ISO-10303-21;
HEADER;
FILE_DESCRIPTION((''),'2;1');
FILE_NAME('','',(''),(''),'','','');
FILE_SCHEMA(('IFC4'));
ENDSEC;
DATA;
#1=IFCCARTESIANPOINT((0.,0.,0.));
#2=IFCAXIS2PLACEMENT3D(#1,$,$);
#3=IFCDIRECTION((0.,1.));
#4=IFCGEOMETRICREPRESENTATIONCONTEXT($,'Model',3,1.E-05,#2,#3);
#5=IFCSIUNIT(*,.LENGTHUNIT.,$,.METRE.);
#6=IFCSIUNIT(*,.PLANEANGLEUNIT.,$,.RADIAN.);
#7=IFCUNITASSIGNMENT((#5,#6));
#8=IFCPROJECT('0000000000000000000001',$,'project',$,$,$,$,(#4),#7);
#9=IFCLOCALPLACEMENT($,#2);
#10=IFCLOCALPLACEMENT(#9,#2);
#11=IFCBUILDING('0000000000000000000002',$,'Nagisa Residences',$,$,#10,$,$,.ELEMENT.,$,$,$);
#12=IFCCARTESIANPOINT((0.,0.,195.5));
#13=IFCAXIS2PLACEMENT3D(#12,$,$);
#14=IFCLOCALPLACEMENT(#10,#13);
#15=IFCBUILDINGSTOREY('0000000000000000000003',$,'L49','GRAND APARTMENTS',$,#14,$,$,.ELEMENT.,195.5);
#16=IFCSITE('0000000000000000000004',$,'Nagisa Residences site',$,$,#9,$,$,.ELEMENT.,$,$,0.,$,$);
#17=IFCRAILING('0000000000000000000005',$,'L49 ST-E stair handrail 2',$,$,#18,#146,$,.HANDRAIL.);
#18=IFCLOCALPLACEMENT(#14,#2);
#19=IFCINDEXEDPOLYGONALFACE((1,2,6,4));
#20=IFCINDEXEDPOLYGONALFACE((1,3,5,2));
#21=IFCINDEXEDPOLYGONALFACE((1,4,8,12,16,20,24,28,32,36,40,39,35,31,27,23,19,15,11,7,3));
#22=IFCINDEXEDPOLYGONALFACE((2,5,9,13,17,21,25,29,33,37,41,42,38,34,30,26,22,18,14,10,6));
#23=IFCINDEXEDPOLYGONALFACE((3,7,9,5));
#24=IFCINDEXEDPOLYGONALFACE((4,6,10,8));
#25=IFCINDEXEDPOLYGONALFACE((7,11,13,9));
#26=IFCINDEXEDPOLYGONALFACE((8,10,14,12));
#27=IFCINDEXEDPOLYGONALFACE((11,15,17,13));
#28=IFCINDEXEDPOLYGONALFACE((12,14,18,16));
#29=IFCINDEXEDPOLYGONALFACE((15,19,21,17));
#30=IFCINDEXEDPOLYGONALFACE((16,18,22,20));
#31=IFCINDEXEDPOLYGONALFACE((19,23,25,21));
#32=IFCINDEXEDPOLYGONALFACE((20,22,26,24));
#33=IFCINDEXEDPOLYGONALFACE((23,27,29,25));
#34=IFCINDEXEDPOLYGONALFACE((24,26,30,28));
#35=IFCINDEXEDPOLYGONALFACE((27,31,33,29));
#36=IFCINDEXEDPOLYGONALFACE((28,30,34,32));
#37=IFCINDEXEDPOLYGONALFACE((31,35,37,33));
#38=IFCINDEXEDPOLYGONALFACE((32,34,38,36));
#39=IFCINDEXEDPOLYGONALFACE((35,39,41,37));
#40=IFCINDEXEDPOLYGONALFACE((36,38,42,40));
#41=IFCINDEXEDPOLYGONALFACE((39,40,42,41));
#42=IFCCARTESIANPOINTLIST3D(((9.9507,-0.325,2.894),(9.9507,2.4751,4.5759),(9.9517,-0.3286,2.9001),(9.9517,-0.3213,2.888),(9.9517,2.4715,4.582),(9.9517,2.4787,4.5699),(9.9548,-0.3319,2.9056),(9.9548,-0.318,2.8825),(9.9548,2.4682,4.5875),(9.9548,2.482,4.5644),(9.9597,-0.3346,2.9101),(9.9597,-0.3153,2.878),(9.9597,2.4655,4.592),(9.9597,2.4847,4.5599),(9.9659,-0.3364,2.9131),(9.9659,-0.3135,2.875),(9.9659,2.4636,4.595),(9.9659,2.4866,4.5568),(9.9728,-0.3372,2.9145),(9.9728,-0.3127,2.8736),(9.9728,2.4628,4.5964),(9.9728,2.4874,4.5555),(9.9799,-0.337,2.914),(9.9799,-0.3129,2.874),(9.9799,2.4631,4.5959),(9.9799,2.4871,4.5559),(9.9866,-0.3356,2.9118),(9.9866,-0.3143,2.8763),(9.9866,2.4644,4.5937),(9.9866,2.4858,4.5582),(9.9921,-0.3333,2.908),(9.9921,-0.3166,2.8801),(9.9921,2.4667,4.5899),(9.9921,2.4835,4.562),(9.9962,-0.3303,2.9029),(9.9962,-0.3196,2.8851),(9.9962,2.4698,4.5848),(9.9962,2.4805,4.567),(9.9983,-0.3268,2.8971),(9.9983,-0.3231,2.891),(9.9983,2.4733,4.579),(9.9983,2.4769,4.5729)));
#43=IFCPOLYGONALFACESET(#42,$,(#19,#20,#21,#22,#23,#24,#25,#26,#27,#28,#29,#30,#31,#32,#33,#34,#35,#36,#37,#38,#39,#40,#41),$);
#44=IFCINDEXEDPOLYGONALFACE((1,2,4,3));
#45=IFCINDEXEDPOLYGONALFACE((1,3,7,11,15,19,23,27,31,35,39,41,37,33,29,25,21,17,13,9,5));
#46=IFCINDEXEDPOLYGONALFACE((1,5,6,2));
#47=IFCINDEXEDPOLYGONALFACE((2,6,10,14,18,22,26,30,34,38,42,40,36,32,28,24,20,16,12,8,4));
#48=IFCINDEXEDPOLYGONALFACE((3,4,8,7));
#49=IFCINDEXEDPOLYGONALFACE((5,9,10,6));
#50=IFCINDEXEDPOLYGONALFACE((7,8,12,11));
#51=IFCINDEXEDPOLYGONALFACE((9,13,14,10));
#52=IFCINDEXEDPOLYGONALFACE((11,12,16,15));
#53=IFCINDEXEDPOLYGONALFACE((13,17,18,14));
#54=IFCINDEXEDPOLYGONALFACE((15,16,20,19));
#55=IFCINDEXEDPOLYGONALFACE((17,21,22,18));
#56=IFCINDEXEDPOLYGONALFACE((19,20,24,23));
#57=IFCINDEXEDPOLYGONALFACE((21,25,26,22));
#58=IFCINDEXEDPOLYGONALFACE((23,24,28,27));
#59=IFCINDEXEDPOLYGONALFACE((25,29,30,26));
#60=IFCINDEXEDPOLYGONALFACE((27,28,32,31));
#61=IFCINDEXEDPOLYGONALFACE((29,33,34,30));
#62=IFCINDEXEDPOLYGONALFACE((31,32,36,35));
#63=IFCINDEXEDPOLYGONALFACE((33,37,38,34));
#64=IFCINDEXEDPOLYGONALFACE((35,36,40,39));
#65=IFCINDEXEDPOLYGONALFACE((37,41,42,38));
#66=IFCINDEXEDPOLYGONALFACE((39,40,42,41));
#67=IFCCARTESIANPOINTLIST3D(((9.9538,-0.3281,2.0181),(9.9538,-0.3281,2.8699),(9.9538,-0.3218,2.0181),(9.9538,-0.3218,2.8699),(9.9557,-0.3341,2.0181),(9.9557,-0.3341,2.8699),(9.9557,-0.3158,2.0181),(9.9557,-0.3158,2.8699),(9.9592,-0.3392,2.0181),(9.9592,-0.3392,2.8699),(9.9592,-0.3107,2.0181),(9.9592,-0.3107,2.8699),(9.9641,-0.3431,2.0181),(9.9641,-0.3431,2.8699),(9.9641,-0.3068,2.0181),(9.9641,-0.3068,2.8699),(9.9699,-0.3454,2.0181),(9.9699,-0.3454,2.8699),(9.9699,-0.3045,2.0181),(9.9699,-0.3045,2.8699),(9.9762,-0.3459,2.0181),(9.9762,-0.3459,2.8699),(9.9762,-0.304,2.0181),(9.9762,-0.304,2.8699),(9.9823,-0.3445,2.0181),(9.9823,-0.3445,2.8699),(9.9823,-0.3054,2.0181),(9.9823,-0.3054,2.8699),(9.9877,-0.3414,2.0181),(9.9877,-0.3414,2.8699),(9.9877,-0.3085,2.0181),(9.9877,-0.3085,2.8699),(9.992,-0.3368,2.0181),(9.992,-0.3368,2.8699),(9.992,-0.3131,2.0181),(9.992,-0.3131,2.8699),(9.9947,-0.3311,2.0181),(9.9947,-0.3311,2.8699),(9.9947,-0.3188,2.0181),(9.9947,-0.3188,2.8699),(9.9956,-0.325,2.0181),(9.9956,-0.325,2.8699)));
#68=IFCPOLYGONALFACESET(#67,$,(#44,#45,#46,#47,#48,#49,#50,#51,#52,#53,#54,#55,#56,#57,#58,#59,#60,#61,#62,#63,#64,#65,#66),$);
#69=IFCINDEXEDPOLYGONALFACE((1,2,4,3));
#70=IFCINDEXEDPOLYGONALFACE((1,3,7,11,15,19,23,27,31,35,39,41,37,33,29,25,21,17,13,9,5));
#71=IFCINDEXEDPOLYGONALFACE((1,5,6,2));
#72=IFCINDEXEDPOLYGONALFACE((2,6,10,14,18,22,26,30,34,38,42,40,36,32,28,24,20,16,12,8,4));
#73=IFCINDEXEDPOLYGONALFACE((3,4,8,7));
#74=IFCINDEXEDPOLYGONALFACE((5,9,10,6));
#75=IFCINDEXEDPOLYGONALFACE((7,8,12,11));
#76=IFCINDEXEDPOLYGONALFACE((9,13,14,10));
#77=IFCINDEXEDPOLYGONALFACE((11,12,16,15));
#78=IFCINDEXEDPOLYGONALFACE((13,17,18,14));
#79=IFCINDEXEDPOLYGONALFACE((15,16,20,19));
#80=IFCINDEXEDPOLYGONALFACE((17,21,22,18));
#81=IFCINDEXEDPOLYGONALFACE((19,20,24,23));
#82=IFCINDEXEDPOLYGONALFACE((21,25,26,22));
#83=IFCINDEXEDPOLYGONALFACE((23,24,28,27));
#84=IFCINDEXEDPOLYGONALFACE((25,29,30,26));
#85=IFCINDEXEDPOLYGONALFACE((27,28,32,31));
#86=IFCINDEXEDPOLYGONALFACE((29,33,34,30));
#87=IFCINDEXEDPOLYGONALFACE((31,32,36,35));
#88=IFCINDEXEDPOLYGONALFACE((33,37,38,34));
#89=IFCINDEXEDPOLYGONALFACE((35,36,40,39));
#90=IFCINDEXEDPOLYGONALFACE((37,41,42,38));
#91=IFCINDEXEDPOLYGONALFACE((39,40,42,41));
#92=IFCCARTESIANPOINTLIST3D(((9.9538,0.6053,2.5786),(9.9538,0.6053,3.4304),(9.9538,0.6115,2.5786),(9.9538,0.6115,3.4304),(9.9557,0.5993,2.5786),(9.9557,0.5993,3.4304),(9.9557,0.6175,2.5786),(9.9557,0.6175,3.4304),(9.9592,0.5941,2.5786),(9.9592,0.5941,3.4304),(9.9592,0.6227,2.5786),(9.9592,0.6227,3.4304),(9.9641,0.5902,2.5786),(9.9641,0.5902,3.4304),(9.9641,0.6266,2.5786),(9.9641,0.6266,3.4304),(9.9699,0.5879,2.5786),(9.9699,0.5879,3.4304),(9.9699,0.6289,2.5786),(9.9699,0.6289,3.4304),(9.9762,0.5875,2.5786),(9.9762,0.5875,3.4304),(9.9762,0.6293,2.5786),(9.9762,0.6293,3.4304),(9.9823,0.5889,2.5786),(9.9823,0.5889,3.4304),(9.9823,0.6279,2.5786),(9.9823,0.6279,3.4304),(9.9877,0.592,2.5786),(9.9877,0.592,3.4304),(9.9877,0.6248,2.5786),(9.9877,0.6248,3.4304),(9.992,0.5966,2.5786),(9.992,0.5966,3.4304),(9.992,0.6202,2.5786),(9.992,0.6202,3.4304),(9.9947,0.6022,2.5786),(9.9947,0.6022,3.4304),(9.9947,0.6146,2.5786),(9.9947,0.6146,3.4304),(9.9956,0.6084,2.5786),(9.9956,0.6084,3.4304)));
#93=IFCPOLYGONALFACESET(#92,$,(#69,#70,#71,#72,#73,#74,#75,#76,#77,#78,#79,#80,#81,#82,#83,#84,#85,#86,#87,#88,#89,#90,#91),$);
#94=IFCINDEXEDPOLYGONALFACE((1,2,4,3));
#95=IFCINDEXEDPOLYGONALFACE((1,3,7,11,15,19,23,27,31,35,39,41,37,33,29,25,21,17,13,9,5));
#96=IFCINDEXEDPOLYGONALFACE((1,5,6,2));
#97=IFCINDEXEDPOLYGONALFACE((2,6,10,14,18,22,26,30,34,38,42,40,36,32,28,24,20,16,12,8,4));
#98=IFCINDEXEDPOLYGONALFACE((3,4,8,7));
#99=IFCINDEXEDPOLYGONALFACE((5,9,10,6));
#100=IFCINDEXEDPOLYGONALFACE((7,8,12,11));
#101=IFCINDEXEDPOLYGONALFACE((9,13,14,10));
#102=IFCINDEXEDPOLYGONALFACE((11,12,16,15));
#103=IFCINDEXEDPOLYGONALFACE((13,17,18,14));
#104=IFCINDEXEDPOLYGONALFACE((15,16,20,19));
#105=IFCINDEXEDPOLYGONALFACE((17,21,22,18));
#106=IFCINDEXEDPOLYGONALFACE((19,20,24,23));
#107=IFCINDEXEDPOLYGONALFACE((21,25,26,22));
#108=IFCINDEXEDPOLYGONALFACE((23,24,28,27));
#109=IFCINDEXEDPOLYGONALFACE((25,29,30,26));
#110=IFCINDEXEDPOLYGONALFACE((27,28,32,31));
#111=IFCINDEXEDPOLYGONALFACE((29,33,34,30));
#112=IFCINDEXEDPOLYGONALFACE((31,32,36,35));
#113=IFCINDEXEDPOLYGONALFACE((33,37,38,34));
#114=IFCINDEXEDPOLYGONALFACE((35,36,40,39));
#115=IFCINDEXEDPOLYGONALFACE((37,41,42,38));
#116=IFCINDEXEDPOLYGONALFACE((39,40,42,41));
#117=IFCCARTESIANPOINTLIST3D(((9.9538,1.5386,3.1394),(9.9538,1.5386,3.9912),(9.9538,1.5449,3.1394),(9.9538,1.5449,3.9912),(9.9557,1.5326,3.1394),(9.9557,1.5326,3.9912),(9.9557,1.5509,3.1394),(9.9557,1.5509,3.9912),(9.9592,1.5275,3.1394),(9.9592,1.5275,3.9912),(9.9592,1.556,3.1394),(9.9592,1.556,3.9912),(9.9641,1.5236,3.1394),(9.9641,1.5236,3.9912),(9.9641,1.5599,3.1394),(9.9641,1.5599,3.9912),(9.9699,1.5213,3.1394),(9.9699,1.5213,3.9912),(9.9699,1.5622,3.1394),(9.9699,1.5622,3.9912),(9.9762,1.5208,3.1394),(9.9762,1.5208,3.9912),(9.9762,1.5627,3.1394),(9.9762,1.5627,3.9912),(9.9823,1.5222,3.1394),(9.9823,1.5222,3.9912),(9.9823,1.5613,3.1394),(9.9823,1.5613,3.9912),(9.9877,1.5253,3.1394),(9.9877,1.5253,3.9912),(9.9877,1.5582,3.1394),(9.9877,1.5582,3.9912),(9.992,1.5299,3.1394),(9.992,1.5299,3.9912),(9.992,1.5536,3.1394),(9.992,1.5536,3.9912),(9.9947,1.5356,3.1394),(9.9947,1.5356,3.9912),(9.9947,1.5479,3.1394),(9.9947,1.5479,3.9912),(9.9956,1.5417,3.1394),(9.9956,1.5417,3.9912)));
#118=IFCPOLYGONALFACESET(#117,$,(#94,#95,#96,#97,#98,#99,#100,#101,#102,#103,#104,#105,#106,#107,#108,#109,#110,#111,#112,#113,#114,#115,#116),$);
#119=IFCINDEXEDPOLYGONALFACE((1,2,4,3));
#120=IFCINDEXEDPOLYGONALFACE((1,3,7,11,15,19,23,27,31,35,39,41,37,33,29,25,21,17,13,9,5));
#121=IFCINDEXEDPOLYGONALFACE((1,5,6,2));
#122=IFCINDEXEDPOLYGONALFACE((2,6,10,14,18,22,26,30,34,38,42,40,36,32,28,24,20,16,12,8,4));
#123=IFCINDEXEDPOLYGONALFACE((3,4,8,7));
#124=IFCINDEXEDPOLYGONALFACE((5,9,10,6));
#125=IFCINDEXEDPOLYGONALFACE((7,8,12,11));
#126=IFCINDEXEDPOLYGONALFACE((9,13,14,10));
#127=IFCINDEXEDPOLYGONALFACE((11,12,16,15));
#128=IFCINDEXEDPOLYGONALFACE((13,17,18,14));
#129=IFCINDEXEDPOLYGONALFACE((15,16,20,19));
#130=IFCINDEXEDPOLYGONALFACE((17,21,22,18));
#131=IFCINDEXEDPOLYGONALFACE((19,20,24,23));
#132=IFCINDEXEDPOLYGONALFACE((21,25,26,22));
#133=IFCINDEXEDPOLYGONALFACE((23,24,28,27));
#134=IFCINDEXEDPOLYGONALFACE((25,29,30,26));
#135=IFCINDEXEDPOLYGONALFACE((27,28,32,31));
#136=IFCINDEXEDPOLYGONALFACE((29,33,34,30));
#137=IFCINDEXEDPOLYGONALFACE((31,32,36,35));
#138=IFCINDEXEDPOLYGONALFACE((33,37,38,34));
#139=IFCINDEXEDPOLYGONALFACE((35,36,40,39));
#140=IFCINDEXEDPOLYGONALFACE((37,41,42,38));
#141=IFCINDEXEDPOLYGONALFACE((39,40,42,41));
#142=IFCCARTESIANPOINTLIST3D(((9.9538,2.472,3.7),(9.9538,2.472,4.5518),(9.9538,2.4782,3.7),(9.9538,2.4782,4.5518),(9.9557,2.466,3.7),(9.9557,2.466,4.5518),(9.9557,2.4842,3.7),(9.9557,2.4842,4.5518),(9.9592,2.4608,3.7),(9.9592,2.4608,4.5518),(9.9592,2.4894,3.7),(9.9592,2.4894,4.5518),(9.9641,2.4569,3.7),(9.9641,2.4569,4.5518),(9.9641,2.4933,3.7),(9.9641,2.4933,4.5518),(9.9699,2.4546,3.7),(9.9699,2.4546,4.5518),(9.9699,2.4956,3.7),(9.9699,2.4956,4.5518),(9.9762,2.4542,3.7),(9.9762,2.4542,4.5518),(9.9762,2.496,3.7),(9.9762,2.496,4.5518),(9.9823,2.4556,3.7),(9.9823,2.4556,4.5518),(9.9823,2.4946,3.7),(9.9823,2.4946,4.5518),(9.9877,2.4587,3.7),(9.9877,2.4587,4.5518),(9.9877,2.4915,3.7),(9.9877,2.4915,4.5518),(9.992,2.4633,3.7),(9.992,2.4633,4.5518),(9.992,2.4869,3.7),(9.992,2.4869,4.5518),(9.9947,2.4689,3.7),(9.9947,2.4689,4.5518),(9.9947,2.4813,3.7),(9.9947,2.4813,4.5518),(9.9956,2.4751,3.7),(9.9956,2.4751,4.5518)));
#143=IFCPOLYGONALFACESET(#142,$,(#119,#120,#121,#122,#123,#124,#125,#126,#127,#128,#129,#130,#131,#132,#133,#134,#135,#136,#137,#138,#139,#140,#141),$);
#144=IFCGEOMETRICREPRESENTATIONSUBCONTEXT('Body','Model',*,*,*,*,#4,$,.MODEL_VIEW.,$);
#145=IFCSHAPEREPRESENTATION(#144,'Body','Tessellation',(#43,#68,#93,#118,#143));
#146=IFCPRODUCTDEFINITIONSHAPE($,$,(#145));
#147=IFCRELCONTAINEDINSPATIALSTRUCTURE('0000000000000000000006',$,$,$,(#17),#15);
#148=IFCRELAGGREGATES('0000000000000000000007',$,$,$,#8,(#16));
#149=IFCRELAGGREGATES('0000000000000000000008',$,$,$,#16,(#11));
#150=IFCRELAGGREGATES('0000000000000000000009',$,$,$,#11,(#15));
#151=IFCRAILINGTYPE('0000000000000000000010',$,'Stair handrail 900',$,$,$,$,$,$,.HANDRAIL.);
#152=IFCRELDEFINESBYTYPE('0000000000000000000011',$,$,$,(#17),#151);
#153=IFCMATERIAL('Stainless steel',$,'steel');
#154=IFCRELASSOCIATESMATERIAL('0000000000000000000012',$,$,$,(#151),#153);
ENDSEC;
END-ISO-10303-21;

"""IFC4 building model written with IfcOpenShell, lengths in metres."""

from ifc_helpers import new_model, si_unit, direction, frame, origin, origin_2d, place, context, subcontext, project, spatial, circle, extrude, material, type_object, element, save


model = new_model("IFC4")

# Units and contexts
model_context = context("Model", 3, precision=1e-05, world=origin(), true_north=direction((0.0, 1.0)))
body_context = subcontext(model_context, "Body", "Model", "MODEL_VIEW")
ifc_project = project(units=[si_unit("LENGTHUNIT", "METRE"), si_unit("PLANEANGLEUNIT", "RADIAN")], contexts=[model_context])

# Site, building, storey
site_placement = place(None, origin())
site = spatial("IfcSite", under=ifc_project, at=site_placement, Name="Nagisa Residences site", CompositionType="ELEMENT", RefElevation=0.0)
building_placement = place(site_placement, origin())
building = spatial("IfcBuilding", under=site, at=building_placement, Name="Nagisa Residences", CompositionType="ELEMENT")
storey_placement = place(building_placement, frame((0.0, 0.0, 195.5)))
storey = spatial("IfcBuildingStorey", under=building, at=storey_placement, Name="L49", Description="GRAND APARTMENTS", CompositionType="ELEMENT", Elevation=195.5)

# Railing
ifc_material_1 = material(Name="Stainless steel", Category="steel")
railing_type = type_object("IfcRailingType", Name="Stair handrail 900", PredefinedType="HANDRAIL", material=ifc_material_1)
railing_placement = place(storey_placement, frame((9.9746, -0.325, 2.0181)))
element("IfcRailing", 1, at=railing_placement, inside=storey, type_object=railing_type, Name="L49 ST-E stair handrail 2", PredefinedType="HANDRAIL", context=body_context, shape_type="SweptSolid", body=[
    extrude(circle(Radius=0.0239, at=origin_2d()), frame((0.0, 0.0, 0.876), z_axis=(0.0, 0.857242, 0.514913), x_axis=(-1.0, 0.0, 0.0)), (0.0, 0.0, 1.0), 3.2664),
    extrude(circle(Radius=0.021, at=origin_2d()), origin(), (0.0, 0.0, 1.0), 0.8518),
    extrude(circle(Radius=0.021, at=origin_2d()), frame((0.0, 0.9333, 0.5605)), (0.0, 0.0, 1.0), 0.8518),
    extrude(circle(Radius=0.021, at=origin_2d()), frame((0.0, 1.8667, 1.1213)), (0.0, 0.0, 1.0), 0.8518),
    extrude(circle(Radius=0.021, at=origin_2d()), frame((0.0, 2.8, 1.6819)), (0.0, 0.0, 1.0), 0.8518),
])

save(model, "model.ifc")
